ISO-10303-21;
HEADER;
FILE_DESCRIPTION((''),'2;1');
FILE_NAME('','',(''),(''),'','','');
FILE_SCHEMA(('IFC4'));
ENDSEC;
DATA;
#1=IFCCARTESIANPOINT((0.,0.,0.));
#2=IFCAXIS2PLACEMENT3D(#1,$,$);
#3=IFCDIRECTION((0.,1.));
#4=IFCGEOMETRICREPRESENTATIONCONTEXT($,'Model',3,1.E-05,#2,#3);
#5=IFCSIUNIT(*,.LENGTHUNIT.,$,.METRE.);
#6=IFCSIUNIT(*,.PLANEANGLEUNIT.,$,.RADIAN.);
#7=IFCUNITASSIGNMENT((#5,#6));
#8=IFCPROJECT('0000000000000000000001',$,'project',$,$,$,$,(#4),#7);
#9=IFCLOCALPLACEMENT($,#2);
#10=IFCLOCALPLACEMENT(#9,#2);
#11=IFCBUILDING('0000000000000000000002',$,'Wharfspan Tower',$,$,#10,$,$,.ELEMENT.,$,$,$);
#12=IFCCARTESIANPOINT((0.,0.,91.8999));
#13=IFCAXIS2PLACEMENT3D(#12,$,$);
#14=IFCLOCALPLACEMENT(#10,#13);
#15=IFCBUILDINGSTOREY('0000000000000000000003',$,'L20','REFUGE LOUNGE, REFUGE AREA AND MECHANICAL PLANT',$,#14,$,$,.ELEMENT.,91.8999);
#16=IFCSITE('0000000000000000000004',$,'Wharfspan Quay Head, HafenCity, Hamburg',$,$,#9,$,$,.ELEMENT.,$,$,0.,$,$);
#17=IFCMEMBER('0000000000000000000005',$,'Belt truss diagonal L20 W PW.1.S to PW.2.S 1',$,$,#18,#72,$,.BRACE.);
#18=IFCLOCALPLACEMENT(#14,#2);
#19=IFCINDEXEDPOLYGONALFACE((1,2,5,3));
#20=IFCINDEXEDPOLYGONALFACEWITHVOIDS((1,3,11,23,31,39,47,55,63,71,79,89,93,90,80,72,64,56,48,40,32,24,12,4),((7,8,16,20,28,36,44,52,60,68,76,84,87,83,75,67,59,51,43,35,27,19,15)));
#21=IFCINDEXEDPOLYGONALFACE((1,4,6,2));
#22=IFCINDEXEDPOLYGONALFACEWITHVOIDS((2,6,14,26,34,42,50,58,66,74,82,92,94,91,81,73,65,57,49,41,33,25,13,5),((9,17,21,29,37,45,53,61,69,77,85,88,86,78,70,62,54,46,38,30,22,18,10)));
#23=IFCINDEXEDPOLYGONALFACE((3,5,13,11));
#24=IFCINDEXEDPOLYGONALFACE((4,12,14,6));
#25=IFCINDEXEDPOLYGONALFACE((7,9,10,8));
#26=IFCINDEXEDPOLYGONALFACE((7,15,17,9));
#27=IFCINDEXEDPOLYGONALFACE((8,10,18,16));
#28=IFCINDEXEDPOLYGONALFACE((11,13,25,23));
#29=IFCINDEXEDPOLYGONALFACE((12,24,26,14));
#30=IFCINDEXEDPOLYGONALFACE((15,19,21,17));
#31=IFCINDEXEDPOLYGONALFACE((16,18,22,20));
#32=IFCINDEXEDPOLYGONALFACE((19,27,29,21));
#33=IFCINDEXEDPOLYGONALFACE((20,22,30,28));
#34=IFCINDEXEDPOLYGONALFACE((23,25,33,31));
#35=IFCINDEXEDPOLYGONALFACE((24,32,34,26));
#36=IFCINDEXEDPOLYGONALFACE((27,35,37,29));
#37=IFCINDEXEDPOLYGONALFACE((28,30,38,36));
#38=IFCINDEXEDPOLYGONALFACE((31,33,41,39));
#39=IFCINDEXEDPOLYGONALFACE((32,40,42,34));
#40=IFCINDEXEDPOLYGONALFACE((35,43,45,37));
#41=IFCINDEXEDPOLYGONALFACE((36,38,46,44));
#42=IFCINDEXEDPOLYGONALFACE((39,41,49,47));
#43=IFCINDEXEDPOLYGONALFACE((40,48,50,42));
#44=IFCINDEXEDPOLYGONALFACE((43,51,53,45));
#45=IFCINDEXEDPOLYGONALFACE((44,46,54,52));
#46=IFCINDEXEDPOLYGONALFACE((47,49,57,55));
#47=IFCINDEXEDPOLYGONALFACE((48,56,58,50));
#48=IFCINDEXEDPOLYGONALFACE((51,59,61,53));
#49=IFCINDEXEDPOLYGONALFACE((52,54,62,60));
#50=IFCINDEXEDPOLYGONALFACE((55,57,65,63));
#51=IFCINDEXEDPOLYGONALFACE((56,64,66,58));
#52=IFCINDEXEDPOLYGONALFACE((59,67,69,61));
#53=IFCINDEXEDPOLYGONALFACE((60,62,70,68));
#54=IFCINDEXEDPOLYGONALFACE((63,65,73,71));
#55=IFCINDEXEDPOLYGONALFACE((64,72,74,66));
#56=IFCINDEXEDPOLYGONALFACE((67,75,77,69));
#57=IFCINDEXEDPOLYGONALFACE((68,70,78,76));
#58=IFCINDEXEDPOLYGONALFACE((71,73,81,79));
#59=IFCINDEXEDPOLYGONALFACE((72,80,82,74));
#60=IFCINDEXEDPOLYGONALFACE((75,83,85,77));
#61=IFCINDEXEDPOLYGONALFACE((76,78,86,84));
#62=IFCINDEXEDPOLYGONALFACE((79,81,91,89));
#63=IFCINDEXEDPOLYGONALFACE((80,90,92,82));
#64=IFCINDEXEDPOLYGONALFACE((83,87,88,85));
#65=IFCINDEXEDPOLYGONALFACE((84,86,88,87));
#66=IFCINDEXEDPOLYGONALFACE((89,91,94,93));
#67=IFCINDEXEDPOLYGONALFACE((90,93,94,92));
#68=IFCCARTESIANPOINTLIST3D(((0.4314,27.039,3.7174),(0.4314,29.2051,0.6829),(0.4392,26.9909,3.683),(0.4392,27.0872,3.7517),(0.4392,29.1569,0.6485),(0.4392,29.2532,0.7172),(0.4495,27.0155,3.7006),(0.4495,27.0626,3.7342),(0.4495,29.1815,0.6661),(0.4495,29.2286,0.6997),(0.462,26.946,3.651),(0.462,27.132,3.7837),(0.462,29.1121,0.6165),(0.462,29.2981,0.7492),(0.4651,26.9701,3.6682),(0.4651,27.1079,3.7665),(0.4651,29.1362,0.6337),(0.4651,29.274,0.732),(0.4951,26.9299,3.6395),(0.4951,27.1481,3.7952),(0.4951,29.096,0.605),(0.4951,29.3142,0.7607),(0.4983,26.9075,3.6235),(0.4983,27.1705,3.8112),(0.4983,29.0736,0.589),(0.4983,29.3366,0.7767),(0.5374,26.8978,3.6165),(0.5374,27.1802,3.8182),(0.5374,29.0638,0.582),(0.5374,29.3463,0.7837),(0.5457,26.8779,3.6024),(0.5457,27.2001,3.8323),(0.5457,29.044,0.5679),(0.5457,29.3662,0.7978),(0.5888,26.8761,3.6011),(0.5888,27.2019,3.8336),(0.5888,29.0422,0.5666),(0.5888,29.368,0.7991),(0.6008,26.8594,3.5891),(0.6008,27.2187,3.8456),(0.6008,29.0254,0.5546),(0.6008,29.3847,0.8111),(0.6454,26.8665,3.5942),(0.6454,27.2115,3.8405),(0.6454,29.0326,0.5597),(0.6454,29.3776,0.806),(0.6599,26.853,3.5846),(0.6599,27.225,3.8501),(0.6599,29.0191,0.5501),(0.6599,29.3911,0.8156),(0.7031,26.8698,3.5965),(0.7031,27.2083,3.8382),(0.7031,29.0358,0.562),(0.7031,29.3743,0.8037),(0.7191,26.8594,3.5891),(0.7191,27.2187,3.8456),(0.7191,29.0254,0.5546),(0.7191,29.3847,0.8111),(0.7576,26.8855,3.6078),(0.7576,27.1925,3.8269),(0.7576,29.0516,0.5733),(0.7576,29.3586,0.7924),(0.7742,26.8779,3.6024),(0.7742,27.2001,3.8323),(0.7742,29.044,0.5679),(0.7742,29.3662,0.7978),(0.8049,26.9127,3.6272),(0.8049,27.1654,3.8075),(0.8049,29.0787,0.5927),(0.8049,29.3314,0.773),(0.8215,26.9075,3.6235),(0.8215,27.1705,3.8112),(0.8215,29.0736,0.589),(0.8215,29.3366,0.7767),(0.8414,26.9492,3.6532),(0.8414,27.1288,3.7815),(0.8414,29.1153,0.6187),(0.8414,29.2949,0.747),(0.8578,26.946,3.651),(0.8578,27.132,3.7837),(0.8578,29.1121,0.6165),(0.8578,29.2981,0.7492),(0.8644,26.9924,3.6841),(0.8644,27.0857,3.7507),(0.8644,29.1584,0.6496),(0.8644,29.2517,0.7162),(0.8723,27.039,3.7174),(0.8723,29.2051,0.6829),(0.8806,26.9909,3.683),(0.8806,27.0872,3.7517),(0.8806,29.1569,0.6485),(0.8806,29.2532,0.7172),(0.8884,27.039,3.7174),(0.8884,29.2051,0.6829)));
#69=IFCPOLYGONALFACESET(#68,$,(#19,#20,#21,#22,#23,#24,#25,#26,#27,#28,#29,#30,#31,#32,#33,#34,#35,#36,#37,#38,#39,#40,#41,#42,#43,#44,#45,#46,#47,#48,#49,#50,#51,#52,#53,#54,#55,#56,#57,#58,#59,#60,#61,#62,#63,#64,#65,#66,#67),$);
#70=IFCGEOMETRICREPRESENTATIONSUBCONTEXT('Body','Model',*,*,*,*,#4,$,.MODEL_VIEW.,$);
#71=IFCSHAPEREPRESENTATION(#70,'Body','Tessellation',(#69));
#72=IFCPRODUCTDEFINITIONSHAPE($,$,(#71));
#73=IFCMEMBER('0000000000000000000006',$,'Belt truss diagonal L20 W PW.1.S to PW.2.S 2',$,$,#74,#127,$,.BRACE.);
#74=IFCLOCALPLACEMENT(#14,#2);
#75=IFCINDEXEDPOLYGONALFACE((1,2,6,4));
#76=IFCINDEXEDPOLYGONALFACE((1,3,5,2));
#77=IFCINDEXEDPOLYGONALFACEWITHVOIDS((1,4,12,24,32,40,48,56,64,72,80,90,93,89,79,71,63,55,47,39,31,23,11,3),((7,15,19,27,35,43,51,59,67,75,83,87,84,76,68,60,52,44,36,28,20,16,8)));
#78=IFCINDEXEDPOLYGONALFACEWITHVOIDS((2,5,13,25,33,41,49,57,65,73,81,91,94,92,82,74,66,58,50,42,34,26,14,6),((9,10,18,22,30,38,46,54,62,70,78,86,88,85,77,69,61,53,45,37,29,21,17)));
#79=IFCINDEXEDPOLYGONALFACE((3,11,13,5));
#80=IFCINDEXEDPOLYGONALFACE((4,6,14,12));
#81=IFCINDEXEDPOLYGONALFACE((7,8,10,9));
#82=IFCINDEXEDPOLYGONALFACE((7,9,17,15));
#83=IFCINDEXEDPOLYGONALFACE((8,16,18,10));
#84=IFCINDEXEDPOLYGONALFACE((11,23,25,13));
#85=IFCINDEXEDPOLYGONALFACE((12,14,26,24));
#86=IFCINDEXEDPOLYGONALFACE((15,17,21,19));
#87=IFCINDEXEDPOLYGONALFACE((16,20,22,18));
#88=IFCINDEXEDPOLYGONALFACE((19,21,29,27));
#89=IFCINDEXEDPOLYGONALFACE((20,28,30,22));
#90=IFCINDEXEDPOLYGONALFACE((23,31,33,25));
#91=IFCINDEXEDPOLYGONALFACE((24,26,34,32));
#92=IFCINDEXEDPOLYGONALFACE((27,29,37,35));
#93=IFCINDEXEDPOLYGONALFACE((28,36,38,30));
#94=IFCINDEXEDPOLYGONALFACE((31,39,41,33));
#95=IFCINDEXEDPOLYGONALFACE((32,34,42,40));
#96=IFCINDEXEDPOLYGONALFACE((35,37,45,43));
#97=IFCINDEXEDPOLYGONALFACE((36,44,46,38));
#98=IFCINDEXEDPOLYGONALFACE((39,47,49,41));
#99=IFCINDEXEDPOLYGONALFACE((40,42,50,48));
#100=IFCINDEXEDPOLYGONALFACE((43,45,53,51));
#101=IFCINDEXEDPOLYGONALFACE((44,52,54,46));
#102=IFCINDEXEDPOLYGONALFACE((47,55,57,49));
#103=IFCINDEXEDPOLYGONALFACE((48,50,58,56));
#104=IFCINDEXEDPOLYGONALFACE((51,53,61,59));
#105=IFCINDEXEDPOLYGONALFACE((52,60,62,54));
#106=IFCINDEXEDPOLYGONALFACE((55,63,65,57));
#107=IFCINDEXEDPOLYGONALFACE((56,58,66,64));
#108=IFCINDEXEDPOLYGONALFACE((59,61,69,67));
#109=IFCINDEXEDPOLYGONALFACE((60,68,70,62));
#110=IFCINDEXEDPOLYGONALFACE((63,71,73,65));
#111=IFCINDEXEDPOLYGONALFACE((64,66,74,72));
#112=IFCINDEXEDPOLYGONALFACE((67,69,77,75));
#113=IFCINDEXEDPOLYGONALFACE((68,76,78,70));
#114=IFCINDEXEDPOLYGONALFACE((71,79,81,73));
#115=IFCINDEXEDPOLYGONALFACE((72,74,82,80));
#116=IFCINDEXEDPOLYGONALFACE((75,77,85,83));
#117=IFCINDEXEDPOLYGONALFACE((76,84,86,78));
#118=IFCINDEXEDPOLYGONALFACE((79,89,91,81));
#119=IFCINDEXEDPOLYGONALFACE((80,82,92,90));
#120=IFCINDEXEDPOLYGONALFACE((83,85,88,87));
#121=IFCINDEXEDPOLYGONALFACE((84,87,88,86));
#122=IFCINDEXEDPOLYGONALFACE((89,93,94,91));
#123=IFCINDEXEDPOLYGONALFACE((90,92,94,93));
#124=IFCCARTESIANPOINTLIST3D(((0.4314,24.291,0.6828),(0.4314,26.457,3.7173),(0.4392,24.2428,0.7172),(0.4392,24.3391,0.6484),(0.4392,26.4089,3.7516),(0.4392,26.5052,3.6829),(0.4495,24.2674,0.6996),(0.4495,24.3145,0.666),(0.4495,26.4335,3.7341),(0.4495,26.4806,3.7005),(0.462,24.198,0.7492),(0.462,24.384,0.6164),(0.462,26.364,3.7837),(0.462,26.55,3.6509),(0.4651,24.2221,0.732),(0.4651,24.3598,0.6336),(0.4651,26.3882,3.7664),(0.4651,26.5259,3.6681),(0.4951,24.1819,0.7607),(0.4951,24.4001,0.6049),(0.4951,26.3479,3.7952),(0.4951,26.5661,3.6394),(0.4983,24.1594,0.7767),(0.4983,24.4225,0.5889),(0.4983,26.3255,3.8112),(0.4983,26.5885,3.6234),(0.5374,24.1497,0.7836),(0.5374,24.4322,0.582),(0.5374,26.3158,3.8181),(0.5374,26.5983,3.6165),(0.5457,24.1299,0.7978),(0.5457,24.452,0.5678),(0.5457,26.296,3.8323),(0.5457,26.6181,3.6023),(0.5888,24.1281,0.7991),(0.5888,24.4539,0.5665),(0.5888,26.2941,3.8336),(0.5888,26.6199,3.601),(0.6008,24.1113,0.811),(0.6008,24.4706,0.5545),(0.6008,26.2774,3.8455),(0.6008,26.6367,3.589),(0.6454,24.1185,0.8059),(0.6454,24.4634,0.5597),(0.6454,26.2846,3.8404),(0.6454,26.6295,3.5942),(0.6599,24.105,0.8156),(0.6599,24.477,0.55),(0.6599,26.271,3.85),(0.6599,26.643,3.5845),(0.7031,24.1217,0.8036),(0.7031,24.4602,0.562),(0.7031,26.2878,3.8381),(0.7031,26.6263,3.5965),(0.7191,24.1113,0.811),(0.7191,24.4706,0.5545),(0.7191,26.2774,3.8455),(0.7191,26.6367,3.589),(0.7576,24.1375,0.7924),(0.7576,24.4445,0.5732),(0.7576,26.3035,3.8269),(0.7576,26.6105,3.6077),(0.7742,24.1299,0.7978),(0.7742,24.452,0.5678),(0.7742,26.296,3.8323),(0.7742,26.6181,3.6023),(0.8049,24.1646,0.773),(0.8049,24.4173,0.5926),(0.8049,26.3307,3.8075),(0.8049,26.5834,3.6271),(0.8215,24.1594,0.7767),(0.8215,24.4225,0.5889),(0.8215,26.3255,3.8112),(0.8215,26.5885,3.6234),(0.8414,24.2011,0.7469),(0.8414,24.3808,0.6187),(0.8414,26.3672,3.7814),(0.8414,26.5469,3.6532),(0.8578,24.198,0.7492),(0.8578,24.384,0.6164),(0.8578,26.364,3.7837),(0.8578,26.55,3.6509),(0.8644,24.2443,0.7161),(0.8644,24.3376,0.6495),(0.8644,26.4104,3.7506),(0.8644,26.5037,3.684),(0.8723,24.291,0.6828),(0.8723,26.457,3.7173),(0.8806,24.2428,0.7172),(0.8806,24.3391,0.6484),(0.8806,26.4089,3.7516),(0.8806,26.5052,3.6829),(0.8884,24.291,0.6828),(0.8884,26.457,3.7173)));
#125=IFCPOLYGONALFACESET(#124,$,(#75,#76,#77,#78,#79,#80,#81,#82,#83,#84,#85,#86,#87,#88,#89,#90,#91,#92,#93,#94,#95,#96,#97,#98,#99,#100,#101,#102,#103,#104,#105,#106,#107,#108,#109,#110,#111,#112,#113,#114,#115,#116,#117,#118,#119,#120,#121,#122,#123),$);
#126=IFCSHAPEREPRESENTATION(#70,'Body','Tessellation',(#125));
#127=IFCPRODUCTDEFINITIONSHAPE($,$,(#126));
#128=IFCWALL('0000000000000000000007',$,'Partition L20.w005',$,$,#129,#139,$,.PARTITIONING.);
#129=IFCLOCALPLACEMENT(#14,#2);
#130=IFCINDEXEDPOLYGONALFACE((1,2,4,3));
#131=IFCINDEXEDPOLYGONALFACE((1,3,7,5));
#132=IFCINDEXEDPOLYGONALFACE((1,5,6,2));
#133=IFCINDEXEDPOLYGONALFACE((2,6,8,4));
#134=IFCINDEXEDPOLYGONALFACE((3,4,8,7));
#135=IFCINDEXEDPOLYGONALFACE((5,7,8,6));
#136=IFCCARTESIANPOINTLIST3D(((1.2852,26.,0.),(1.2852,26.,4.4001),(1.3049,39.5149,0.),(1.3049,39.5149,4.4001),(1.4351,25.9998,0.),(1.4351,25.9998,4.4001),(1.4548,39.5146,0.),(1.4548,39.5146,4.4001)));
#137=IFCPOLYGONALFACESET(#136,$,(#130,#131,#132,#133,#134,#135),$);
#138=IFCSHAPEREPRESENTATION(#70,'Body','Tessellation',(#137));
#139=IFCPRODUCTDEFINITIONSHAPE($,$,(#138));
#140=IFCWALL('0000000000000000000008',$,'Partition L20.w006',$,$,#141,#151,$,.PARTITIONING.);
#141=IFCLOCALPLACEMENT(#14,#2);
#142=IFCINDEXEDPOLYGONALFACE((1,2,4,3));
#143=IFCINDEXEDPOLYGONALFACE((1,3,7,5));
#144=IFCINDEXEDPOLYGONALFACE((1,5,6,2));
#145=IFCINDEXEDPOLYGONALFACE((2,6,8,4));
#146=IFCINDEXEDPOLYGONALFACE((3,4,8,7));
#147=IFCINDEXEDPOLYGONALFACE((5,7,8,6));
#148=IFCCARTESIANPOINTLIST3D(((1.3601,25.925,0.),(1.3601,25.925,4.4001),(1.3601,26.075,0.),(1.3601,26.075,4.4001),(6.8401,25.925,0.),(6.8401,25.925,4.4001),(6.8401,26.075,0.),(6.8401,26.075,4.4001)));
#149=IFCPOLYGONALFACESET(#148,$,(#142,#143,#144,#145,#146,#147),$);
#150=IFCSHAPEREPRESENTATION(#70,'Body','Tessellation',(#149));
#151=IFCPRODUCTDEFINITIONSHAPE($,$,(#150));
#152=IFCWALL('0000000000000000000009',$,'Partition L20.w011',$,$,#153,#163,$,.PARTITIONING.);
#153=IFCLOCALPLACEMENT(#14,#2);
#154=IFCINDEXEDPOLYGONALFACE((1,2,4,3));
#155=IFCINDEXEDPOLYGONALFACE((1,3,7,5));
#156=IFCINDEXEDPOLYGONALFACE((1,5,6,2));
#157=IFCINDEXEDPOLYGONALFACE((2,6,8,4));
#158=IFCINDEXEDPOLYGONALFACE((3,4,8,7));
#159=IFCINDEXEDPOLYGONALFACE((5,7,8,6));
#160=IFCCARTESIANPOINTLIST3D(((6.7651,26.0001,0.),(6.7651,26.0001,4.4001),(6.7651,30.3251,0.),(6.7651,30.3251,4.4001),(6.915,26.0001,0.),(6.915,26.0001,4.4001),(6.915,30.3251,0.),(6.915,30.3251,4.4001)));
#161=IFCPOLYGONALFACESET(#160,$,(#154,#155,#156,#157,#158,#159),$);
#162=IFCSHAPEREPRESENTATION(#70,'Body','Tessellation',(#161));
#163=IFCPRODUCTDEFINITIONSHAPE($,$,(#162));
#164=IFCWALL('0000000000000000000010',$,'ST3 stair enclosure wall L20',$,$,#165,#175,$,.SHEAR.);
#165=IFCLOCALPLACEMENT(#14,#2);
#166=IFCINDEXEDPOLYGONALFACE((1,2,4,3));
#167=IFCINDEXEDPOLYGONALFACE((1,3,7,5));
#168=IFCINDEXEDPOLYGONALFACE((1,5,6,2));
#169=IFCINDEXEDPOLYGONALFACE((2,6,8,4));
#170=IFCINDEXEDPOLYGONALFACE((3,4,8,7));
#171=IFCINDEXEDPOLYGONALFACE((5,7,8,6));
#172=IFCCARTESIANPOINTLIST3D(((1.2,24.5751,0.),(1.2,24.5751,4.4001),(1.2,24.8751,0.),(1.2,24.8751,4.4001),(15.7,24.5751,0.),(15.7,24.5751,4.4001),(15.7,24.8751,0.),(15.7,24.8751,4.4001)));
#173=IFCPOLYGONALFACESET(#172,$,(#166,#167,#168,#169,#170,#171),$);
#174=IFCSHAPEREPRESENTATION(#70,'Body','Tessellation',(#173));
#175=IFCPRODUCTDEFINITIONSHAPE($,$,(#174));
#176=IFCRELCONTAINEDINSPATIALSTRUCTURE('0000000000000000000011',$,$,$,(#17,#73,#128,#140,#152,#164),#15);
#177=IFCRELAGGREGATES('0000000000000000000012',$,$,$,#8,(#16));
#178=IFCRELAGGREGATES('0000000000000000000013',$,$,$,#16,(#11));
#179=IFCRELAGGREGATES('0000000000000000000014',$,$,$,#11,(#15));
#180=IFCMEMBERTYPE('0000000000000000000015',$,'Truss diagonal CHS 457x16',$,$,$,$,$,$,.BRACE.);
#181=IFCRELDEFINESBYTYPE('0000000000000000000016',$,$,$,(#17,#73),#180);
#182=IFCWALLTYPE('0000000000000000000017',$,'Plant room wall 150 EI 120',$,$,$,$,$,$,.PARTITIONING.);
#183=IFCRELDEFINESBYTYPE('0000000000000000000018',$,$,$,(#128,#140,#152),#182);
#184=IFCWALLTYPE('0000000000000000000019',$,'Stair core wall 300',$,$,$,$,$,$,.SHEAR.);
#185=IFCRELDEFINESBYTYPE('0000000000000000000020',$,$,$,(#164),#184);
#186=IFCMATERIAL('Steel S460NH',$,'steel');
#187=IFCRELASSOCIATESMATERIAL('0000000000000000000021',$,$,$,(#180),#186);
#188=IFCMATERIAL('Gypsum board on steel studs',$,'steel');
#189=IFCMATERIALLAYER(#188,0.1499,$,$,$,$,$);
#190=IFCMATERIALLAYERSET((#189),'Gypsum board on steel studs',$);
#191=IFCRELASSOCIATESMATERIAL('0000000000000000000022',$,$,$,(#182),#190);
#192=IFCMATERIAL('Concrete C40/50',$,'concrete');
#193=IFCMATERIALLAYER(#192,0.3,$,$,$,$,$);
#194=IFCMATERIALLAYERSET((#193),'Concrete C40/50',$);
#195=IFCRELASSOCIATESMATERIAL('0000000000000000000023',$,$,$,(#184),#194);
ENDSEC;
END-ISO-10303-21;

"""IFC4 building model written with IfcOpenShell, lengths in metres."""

from ifc_helpers import new_model, si_unit, direction, frame, frame_2d, origin, origin_2d, place, context, subcontext, project, spatial, rectangle, hollow_circle, extrude, material, layer, layer_set, material_profile, profile_set, type_object, element, save


model = new_model("IFC4")

# Units and contexts
model_context = context("Model", 3, precision=1e-05, world=origin(), true_north=direction((0.0, 1.0)))
body_context = subcontext(model_context, "Body", "Model", "MODEL_VIEW")
ifc_project = project(units=[si_unit("LENGTHUNIT", "METRE"), si_unit("PLANEANGLEUNIT", "RADIAN")], contexts=[model_context])

# Site, building, storey
site_placement = place(None, origin())
site = spatial("IfcSite", under=ifc_project, at=site_placement, Name="Wharfspan Quay Head, HafenCity, Hamburg", CompositionType="ELEMENT", RefElevation=0.0)
building_placement = place(site_placement, origin())
building = spatial("IfcBuilding", under=site, at=building_placement, Name="Wharfspan Tower", CompositionType="ELEMENT")
storey_placement = place(building_placement, frame((0.0, 0.0, 91.8999)))
storey = spatial("IfcBuildingStorey", under=building, at=storey_placement, Name="L20", Description="REFUGE LOUNGE, REFUGE AREA AND MECHANICAL PLANT", CompositionType="ELEMENT", Elevation=91.8999)

# Members
ifc_material_1 = material(Name="Steel S460NH", Category="steel")
ifc_material_profile_1 = material_profile(ifc_material_1, hollow_circle(Radius=0.2285, WallThickness=0.0161, at=origin_2d()))
ifc_profile_set_1 = profile_set([ifc_material_profile_1], Name="Steel S460NH")
member_type_1 = type_object("IfcMemberType", Name="Truss diagonal CHS 457x16", PredefinedType="BRACE", material=ifc_profile_set_1)
for number, where, z_axis, x_axis, name in (
    (1, (0.6599, 29.2051, 0.6829), (0.0, -0.580984, 0.813915), (1.0, 0.0, 0.0), "Belt truss diagonal L20 W PW.1.S to PW.2.S 1"),
    (2, (0.6599, 26.457, 3.7173), (0.0, -0.580984, -0.813915), (1.0, 0.0, 0.0), "Belt truss diagonal L20 W PW.1.S to PW.2.S 2"),
):
    element("IfcMember", number, at=place(storey_placement, frame(where, z_axis=z_axis, x_axis=x_axis)), inside=storey, type_object=member_type_1, Name=name, PredefinedType="BRACE", context=body_context, shape_type="SweptSolid", body=[
        extrude(hollow_circle(Radius=0.2285, WallThickness=0.0161, at=origin_2d()), origin(), (0.0, 0.0, 1.0), 3.7283),
    ])

# Walls
ifc_material_2 = material(Name="Gypsum board on steel studs", Category="steel")
ifc_layer_1 = layer(ifc_material_2, 0.1499)
ifc_layer_set_1 = layer_set([ifc_layer_1], Name="Gypsum board on steel studs")
wall_type_1 = type_object("IfcWallType", Name="Plant room wall 150 EI 120", PredefinedType="PARTITIONING", material=ifc_layer_set_1)
wall_1_placement = place(storey_placement, frame((1.3601, 26.0, 0.0), z_axis=(0.0, 0.0, 1.0), x_axis=(0.001463, 0.999995, 0.0)))
element("IfcWall", 3, at=wall_1_placement, inside=storey, type_object=wall_type_1, Name="Partition L20.w005", PredefinedType="PARTITIONING", context=body_context, shape_type="SweptSolid", body=[
    extrude(rectangle(XDim=13.5149, YDim=0.1499, at=frame_2d((6.7573, 0.0))), origin(), (0.0, 0.0, 1.0), 4.4001),
])
wall_2_placement = place(storey_placement, frame((1.3601, 26.0, 0.0), z_axis=(0.0, 0.0, 1.0), x_axis=(1.0, 0.0, 0.0)))
element("IfcWall", 4, at=wall_2_placement, inside=storey, type_object=wall_type_1, Name="Partition L20.w006", PredefinedType="PARTITIONING", context=body_context, shape_type="SweptSolid", body=[
    extrude(rectangle(XDim=5.48, YDim=0.1499, at=frame_2d((2.74, 0.0))), origin(), (0.0, 0.0, 1.0), 4.4001),
])
wall_3_placement = place(storey_placement, frame((6.8401, 26.0, 0.0), z_axis=(0.0, 0.0, 1.0), x_axis=(0.0, 1.0, 0.0)))
element("IfcWall", 5, at=wall_3_placement, inside=storey, type_object=wall_type_1, Name="Partition L20.w011", PredefinedType="PARTITIONING", context=body_context, shape_type="SweptSolid", body=[
    extrude(rectangle(XDim=4.325, YDim=0.1499, at=frame_2d((2.1626, 0.0))), origin(), (0.0, 0.0, 1.0), 4.4001),
])
ifc_material_3 = material(Name="Concrete C40/50", Category="concrete")
ifc_layer_2 = layer(ifc_material_3, 0.3)
ifc_layer_set_2 = layer_set([ifc_layer_2], Name="Concrete C40/50")
wall_type_2 = type_object("IfcWallType", Name="Stair core wall 300", PredefinedType="SHEAR", material=ifc_layer_set_2)
wall_4_placement = place(storey_placement, frame((1.2, 24.7251, 0.0), z_axis=(0.0, 0.0, 1.0), x_axis=(1.0, 0.0, 0.0)))
element("IfcWall", 6, at=wall_4_placement, inside=storey, type_object=wall_type_2, Name="ST3 stair enclosure wall L20", PredefinedType="SHEAR", context=body_context, shape_type="SweptSolid", body=[
    extrude(rectangle(XDim=14.5, YDim=0.3, at=frame_2d((7.25, 0.0))), origin(), (0.0, 0.0, 1.0), 4.4001),
])

save(model, "model.ifc")
